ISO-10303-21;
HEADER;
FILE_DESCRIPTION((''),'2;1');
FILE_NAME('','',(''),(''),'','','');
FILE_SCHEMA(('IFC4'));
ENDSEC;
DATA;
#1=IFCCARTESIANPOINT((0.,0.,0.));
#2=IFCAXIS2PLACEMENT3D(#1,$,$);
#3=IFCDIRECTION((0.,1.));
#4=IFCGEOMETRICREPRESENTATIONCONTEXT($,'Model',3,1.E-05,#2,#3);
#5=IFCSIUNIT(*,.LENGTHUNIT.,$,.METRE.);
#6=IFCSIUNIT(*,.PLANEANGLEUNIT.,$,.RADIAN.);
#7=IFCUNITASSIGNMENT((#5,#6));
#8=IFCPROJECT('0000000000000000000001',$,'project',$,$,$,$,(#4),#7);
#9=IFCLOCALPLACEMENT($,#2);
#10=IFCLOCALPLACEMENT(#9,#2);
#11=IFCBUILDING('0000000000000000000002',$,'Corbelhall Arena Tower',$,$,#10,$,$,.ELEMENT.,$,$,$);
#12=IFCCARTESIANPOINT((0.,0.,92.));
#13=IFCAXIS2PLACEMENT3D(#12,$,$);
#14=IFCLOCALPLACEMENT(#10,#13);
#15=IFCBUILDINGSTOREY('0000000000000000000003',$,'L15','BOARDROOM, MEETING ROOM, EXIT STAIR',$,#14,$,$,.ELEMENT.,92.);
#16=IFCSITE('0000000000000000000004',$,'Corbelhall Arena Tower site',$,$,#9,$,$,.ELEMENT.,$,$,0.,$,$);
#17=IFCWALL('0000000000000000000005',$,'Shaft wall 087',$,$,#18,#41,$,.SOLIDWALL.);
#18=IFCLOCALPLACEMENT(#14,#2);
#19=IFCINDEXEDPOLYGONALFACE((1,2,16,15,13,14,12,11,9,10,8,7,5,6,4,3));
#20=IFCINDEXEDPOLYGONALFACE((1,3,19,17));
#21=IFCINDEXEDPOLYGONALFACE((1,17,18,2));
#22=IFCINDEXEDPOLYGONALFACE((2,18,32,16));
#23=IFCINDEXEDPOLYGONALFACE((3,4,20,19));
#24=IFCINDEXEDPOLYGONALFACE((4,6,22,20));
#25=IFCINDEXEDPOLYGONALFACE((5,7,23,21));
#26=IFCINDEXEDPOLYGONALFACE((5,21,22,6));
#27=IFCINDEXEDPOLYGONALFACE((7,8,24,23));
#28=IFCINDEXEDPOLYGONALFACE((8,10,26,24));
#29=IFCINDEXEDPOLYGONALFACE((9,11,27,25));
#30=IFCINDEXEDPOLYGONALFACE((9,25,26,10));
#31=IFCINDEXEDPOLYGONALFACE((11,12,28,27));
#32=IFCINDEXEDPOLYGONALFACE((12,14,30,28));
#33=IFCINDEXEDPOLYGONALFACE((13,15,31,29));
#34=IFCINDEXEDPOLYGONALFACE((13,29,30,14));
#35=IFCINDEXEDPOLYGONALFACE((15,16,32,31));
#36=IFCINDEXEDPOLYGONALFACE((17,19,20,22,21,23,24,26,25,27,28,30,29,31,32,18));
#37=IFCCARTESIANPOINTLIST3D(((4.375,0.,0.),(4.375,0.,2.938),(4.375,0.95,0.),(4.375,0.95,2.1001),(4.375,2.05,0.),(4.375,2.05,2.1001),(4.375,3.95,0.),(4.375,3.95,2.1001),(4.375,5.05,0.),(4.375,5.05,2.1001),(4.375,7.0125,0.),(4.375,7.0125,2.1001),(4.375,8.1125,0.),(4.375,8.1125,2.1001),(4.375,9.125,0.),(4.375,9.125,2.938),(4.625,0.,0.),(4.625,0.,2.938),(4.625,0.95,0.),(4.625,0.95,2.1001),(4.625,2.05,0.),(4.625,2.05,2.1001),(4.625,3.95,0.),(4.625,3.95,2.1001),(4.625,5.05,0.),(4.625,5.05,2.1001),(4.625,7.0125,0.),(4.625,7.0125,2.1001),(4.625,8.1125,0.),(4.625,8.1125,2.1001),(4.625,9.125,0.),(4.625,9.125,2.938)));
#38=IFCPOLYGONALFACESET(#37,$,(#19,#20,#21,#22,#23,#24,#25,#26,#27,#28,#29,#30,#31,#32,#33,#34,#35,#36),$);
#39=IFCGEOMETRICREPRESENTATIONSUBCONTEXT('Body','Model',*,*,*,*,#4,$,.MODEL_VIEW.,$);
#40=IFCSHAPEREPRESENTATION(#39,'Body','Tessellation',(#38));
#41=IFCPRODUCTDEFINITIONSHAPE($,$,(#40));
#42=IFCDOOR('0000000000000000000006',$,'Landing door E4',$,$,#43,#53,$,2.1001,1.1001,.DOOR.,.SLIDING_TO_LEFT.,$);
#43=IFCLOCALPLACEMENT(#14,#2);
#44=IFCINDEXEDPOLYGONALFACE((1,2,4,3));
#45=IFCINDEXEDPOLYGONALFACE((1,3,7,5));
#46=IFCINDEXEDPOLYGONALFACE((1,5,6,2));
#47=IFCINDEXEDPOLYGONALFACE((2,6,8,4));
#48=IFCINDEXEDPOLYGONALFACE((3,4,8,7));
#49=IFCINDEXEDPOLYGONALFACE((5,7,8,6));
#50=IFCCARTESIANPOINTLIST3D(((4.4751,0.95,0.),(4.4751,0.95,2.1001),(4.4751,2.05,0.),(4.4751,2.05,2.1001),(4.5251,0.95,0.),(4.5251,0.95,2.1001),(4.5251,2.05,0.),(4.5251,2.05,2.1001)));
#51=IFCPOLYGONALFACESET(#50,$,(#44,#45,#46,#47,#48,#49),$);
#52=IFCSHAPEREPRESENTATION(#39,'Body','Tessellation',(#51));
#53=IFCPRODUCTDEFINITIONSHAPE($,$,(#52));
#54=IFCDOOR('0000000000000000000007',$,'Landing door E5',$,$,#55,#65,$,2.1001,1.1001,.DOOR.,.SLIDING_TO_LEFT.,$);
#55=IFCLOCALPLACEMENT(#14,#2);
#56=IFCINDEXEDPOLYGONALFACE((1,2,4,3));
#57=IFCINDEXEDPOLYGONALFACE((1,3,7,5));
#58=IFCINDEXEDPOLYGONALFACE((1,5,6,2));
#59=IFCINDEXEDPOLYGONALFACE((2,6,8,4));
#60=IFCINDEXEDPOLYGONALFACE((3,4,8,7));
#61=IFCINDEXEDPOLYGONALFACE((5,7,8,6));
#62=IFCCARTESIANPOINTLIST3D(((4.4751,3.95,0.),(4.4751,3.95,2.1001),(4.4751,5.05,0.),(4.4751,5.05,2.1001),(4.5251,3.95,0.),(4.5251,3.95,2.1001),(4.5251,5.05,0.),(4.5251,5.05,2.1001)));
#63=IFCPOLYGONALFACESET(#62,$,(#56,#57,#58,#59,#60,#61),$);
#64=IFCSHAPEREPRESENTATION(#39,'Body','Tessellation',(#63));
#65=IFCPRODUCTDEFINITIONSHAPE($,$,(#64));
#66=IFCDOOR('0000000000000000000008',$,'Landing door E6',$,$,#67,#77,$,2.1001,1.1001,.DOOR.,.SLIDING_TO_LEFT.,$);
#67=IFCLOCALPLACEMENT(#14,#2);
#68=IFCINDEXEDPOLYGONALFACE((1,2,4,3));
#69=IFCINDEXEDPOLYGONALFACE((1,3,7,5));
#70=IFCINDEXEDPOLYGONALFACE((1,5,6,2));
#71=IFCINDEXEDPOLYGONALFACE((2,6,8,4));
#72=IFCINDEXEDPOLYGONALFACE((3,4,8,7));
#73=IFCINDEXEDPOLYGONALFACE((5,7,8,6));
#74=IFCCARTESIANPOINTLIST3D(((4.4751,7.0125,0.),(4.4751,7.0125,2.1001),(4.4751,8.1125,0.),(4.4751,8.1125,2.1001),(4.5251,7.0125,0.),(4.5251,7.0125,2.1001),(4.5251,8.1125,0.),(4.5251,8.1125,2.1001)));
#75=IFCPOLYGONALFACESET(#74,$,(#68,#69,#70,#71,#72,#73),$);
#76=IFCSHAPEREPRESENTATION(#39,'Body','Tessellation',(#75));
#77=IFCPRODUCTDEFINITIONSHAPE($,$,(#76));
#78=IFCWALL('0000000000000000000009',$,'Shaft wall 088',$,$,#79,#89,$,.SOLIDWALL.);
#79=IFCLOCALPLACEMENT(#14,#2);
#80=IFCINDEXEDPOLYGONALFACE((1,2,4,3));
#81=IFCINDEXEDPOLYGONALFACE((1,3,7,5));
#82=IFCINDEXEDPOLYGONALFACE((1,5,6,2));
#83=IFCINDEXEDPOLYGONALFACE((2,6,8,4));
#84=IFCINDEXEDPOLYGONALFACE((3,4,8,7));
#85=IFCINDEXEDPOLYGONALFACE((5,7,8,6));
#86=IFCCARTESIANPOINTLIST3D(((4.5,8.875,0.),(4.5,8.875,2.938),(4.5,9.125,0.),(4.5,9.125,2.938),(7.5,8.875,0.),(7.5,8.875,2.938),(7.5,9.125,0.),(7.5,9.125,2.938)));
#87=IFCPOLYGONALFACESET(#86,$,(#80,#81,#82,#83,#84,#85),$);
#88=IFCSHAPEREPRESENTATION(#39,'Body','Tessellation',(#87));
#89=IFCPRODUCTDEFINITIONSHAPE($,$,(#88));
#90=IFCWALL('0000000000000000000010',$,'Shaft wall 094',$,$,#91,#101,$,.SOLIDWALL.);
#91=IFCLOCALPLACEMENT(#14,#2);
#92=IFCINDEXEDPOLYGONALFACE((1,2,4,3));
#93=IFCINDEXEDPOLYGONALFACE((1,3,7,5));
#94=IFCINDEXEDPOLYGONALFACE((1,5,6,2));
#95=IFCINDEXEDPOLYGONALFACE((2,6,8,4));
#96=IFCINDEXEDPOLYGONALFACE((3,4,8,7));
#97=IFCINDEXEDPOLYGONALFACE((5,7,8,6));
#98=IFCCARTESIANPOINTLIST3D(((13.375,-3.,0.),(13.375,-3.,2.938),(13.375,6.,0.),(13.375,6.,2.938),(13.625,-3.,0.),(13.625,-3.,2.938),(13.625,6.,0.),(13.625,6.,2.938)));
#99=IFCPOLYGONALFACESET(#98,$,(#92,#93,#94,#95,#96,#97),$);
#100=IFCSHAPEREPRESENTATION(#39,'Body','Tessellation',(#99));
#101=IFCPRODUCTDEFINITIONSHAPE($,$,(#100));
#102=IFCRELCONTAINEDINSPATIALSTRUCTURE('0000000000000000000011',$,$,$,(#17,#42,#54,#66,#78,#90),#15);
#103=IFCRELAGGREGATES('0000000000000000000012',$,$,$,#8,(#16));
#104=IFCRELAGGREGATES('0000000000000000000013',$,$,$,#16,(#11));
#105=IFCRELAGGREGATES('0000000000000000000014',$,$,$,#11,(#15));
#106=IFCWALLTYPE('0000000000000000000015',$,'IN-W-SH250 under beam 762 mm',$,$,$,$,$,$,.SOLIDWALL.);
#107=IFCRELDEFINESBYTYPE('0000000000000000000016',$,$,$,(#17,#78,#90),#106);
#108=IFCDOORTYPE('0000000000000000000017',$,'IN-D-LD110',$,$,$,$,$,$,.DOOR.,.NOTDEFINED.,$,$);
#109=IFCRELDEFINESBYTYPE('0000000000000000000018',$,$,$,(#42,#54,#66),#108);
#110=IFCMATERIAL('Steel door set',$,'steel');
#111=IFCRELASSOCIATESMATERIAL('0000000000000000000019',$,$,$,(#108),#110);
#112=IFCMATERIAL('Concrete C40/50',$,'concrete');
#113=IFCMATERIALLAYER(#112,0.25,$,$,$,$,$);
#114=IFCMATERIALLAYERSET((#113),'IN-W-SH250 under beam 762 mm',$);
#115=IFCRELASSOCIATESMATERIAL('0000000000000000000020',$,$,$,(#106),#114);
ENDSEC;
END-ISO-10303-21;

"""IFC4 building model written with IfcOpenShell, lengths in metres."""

from ifc_helpers import new_model, si_unit, direction, frame, frame_2d, origin, place, context, subcontext, project, spatial, rectangle, extrude, material, layer, layer_set, type_object, element, fill, save


model = new_model("IFC4")

# Units and contexts
model_context = context("Model", 3, precision=1e-05, world=origin(), true_north=direction((0.0, 1.0)))
body_context = subcontext(model_context, "Body", "Model", "MODEL_VIEW")
ifc_project = project(units=[si_unit("LENGTHUNIT", "METRE"), si_unit("PLANEANGLEUNIT", "RADIAN")], contexts=[model_context])

# Site, building, storey
site_placement = place(None, origin())
site = spatial("IfcSite", under=ifc_project, at=site_placement, Name="Corbelhall Arena Tower site", CompositionType="ELEMENT", RefElevation=0.0)
building_placement = place(site_placement, origin())
building = spatial("IfcBuilding", under=site, at=building_placement, Name="Corbelhall Arena Tower", CompositionType="ELEMENT")
storey_placement = place(building_placement, frame((0.0, 0.0, 92.0)))
storey = spatial("IfcBuildingStorey", under=building, at=storey_placement, Name="L15", Description="BOARDROOM, MEETING ROOM, EXIT STAIR", CompositionType="ELEMENT", Elevation=92.0)

# Shared definitions
ifc_material_1 = material(Name="Concrete C40/50", Category="concrete")

# Shared definitions
ifc_material_2 = material(Name="Steel door set", Category="steel")

# Shared definitions
door_type_1 = type_object("IfcDoorType", Name="IN-D-LD110", OperationType="NOTDEFINED", PredefinedType="DOOR", material=ifc_material_2)

# Wall, openings, doors
ifc_layer_1 = layer(ifc_material_1, 0.25)
ifc_layer_set_1 = layer_set([ifc_layer_1], Name="IN-W-SH250 under beam 762 mm")
wall_type_1 = type_object("IfcWallType", Name="IN-W-SH250 under beam 762 mm", PredefinedType="SOLIDWALL", material=ifc_layer_set_1)
wall_1_placement = place(storey_placement, frame((4.5, 0.0, 0.0), z_axis=(0.0, 0.0, 1.0), x_axis=(0.0, 1.0, 0.0)))
wall_1 = element("IfcWall", 1, at=wall_1_placement, inside=storey, type_object=wall_type_1, Name="Shaft wall 087", PredefinedType="SOLIDWALL", context=body_context, shape_type="SweptSolid", body=[
    extrude(rectangle(XDim=9.125, YDim=0.25, at=frame_2d((4.5625, 0.0))), origin(), (0.0, 0.0, 1.0), 2.938),
])
opening_1_placement = place(wall_1_placement, frame((0.95, 0.0, 0.0)))
opening_1 = element("IfcOpeningElement", 2, at=opening_1_placement, cuts=wall_1, PredefinedType="OPENING", context=body_context, shape_type="SweptSolid", body=[
    extrude(rectangle(XDim=1.1001, YDim=2.1001, at=frame_2d((0.55, 1.05))), frame((0.0, 0.125, 0.0), z_axis=(0.0, -1.0, 0.0), x_axis=(1.0, 0.0, 0.0)), (0.0, 0.0, 1.0), 0.25),
])
opening_2_placement = place(wall_1_placement, frame((3.95, 0.0, 0.0)))
opening_2 = element("IfcOpeningElement", 3, at=opening_2_placement, cuts=wall_1, PredefinedType="OPENING", context=body_context, shape_type="SweptSolid", body=[
    extrude(rectangle(XDim=1.1001, YDim=2.1001, at=frame_2d((0.55, 1.05))), frame((0.0, 0.125, 0.0), z_axis=(0.0, -1.0, 0.0), x_axis=(1.0, 0.0, 0.0)), (0.0, 0.0, 1.0), 0.25),
])
opening_3_placement = place(wall_1_placement, frame((7.0125, 0.0, 0.0)))
opening_3 = element("IfcOpeningElement", 4, at=opening_3_placement, cuts=wall_1, PredefinedType="OPENING", context=body_context, shape_type="SweptSolid", body=[
    extrude(rectangle(XDim=1.1001, YDim=2.1001, at=frame_2d((0.55, 1.05))), frame((0.0, 0.125, 0.0), z_axis=(0.0, -1.0, 0.0), x_axis=(1.0, 0.0, 0.0)), (0.0, 0.0, 1.0), 0.25),
])
door_1_placement = place(opening_1_placement, origin())
door_1 = element("IfcDoor", 5, at=door_1_placement, inside=storey, type_object=door_type_1, Name="Landing door E4", OperationType="SLIDING_TO_LEFT", OverallHeight=2.1001, OverallWidth=1.1001, PredefinedType="DOOR", context=body_context, shape_type="SweptSolid", body=[
    extrude(rectangle(XDim=1.1001, YDim=2.1001, at=frame_2d((0.55, 1.05))), frame((0.0, 0.0249, 0.0), z_axis=(0.0, -1.0, 0.0), x_axis=(1.0, 0.0, 0.0)), (0.0, 0.0, 1.0), 0.05),
])
fill(opening_1, door_1)
door_2_placement = place(opening_2_placement, origin())
door_2 = element("IfcDoor", 6, at=door_2_placement, inside=storey, type_object=door_type_1, Name="Landing door E5", OperationType="SLIDING_TO_LEFT", OverallHeight=2.1001, OverallWidth=1.1001, PredefinedType="DOOR", context=body_context, shape_type="SweptSolid", body=[
    extrude(rectangle(XDim=1.1001, YDim=2.1001, at=frame_2d((0.55, 1.05))), frame((0.0, 0.0249, 0.0), z_axis=(0.0, -1.0, 0.0), x_axis=(1.0, 0.0, 0.0)), (0.0, 0.0, 1.0), 0.05),
])
fill(opening_2, door_2)
door_3_placement = place(opening_3_placement, origin())
door_3 = element("IfcDoor", 7, at=door_3_placement, inside=storey, type_object=door_type_1, Name="Landing door E6", OperationType="SLIDING_TO_LEFT", OverallHeight=2.1001, OverallWidth=1.1001, PredefinedType="DOOR", context=body_context, shape_type="SweptSolid", body=[
    extrude(rectangle(XDim=1.1001, YDim=2.1001, at=frame_2d((0.55, 1.05))), frame((0.0, 0.0249, 0.0), z_axis=(0.0, -1.0, 0.0), x_axis=(1.0, 0.0, 0.0)), (0.0, 0.0, 1.0), 0.05),
])
fill(opening_3, door_3)

# Walls
wall_2_placement = place(storey_placement, frame((4.5, 9.0, 0.0), z_axis=(0.0, 0.0, 1.0), x_axis=(1.0, 0.0, 0.0)))
element("IfcWall", 8, at=wall_2_placement, inside=storey, type_object=wall_type_1, Name="Shaft wall 088", PredefinedType="SOLIDWALL", context=body_context, shape_type="SweptSolid", body=[
    extrude(rectangle(XDim=3.0, YDim=0.25, at=frame_2d((1.5, 0.0))), origin(), (0.0, 0.0, 1.0), 2.938),
])
wall_3_placement = place(storey_placement, frame((13.5, 6.0, 0.0), z_axis=(0.0, 0.0, 1.0), x_axis=(0.0, -1.0, 0.0)))
element("IfcWall", 9, at=wall_3_placement, inside=storey, type_object=wall_type_1, Name="Shaft wall 094", PredefinedType="SOLIDWALL", context=body_context, shape_type="SweptSolid", body=[
    extrude(rectangle(XDim=9.0, YDim=0.25, at=frame_2d((4.5, 0.0))), origin(), (0.0, 0.0, 1.0), 2.938),
])

save(model, "model.ifc")
